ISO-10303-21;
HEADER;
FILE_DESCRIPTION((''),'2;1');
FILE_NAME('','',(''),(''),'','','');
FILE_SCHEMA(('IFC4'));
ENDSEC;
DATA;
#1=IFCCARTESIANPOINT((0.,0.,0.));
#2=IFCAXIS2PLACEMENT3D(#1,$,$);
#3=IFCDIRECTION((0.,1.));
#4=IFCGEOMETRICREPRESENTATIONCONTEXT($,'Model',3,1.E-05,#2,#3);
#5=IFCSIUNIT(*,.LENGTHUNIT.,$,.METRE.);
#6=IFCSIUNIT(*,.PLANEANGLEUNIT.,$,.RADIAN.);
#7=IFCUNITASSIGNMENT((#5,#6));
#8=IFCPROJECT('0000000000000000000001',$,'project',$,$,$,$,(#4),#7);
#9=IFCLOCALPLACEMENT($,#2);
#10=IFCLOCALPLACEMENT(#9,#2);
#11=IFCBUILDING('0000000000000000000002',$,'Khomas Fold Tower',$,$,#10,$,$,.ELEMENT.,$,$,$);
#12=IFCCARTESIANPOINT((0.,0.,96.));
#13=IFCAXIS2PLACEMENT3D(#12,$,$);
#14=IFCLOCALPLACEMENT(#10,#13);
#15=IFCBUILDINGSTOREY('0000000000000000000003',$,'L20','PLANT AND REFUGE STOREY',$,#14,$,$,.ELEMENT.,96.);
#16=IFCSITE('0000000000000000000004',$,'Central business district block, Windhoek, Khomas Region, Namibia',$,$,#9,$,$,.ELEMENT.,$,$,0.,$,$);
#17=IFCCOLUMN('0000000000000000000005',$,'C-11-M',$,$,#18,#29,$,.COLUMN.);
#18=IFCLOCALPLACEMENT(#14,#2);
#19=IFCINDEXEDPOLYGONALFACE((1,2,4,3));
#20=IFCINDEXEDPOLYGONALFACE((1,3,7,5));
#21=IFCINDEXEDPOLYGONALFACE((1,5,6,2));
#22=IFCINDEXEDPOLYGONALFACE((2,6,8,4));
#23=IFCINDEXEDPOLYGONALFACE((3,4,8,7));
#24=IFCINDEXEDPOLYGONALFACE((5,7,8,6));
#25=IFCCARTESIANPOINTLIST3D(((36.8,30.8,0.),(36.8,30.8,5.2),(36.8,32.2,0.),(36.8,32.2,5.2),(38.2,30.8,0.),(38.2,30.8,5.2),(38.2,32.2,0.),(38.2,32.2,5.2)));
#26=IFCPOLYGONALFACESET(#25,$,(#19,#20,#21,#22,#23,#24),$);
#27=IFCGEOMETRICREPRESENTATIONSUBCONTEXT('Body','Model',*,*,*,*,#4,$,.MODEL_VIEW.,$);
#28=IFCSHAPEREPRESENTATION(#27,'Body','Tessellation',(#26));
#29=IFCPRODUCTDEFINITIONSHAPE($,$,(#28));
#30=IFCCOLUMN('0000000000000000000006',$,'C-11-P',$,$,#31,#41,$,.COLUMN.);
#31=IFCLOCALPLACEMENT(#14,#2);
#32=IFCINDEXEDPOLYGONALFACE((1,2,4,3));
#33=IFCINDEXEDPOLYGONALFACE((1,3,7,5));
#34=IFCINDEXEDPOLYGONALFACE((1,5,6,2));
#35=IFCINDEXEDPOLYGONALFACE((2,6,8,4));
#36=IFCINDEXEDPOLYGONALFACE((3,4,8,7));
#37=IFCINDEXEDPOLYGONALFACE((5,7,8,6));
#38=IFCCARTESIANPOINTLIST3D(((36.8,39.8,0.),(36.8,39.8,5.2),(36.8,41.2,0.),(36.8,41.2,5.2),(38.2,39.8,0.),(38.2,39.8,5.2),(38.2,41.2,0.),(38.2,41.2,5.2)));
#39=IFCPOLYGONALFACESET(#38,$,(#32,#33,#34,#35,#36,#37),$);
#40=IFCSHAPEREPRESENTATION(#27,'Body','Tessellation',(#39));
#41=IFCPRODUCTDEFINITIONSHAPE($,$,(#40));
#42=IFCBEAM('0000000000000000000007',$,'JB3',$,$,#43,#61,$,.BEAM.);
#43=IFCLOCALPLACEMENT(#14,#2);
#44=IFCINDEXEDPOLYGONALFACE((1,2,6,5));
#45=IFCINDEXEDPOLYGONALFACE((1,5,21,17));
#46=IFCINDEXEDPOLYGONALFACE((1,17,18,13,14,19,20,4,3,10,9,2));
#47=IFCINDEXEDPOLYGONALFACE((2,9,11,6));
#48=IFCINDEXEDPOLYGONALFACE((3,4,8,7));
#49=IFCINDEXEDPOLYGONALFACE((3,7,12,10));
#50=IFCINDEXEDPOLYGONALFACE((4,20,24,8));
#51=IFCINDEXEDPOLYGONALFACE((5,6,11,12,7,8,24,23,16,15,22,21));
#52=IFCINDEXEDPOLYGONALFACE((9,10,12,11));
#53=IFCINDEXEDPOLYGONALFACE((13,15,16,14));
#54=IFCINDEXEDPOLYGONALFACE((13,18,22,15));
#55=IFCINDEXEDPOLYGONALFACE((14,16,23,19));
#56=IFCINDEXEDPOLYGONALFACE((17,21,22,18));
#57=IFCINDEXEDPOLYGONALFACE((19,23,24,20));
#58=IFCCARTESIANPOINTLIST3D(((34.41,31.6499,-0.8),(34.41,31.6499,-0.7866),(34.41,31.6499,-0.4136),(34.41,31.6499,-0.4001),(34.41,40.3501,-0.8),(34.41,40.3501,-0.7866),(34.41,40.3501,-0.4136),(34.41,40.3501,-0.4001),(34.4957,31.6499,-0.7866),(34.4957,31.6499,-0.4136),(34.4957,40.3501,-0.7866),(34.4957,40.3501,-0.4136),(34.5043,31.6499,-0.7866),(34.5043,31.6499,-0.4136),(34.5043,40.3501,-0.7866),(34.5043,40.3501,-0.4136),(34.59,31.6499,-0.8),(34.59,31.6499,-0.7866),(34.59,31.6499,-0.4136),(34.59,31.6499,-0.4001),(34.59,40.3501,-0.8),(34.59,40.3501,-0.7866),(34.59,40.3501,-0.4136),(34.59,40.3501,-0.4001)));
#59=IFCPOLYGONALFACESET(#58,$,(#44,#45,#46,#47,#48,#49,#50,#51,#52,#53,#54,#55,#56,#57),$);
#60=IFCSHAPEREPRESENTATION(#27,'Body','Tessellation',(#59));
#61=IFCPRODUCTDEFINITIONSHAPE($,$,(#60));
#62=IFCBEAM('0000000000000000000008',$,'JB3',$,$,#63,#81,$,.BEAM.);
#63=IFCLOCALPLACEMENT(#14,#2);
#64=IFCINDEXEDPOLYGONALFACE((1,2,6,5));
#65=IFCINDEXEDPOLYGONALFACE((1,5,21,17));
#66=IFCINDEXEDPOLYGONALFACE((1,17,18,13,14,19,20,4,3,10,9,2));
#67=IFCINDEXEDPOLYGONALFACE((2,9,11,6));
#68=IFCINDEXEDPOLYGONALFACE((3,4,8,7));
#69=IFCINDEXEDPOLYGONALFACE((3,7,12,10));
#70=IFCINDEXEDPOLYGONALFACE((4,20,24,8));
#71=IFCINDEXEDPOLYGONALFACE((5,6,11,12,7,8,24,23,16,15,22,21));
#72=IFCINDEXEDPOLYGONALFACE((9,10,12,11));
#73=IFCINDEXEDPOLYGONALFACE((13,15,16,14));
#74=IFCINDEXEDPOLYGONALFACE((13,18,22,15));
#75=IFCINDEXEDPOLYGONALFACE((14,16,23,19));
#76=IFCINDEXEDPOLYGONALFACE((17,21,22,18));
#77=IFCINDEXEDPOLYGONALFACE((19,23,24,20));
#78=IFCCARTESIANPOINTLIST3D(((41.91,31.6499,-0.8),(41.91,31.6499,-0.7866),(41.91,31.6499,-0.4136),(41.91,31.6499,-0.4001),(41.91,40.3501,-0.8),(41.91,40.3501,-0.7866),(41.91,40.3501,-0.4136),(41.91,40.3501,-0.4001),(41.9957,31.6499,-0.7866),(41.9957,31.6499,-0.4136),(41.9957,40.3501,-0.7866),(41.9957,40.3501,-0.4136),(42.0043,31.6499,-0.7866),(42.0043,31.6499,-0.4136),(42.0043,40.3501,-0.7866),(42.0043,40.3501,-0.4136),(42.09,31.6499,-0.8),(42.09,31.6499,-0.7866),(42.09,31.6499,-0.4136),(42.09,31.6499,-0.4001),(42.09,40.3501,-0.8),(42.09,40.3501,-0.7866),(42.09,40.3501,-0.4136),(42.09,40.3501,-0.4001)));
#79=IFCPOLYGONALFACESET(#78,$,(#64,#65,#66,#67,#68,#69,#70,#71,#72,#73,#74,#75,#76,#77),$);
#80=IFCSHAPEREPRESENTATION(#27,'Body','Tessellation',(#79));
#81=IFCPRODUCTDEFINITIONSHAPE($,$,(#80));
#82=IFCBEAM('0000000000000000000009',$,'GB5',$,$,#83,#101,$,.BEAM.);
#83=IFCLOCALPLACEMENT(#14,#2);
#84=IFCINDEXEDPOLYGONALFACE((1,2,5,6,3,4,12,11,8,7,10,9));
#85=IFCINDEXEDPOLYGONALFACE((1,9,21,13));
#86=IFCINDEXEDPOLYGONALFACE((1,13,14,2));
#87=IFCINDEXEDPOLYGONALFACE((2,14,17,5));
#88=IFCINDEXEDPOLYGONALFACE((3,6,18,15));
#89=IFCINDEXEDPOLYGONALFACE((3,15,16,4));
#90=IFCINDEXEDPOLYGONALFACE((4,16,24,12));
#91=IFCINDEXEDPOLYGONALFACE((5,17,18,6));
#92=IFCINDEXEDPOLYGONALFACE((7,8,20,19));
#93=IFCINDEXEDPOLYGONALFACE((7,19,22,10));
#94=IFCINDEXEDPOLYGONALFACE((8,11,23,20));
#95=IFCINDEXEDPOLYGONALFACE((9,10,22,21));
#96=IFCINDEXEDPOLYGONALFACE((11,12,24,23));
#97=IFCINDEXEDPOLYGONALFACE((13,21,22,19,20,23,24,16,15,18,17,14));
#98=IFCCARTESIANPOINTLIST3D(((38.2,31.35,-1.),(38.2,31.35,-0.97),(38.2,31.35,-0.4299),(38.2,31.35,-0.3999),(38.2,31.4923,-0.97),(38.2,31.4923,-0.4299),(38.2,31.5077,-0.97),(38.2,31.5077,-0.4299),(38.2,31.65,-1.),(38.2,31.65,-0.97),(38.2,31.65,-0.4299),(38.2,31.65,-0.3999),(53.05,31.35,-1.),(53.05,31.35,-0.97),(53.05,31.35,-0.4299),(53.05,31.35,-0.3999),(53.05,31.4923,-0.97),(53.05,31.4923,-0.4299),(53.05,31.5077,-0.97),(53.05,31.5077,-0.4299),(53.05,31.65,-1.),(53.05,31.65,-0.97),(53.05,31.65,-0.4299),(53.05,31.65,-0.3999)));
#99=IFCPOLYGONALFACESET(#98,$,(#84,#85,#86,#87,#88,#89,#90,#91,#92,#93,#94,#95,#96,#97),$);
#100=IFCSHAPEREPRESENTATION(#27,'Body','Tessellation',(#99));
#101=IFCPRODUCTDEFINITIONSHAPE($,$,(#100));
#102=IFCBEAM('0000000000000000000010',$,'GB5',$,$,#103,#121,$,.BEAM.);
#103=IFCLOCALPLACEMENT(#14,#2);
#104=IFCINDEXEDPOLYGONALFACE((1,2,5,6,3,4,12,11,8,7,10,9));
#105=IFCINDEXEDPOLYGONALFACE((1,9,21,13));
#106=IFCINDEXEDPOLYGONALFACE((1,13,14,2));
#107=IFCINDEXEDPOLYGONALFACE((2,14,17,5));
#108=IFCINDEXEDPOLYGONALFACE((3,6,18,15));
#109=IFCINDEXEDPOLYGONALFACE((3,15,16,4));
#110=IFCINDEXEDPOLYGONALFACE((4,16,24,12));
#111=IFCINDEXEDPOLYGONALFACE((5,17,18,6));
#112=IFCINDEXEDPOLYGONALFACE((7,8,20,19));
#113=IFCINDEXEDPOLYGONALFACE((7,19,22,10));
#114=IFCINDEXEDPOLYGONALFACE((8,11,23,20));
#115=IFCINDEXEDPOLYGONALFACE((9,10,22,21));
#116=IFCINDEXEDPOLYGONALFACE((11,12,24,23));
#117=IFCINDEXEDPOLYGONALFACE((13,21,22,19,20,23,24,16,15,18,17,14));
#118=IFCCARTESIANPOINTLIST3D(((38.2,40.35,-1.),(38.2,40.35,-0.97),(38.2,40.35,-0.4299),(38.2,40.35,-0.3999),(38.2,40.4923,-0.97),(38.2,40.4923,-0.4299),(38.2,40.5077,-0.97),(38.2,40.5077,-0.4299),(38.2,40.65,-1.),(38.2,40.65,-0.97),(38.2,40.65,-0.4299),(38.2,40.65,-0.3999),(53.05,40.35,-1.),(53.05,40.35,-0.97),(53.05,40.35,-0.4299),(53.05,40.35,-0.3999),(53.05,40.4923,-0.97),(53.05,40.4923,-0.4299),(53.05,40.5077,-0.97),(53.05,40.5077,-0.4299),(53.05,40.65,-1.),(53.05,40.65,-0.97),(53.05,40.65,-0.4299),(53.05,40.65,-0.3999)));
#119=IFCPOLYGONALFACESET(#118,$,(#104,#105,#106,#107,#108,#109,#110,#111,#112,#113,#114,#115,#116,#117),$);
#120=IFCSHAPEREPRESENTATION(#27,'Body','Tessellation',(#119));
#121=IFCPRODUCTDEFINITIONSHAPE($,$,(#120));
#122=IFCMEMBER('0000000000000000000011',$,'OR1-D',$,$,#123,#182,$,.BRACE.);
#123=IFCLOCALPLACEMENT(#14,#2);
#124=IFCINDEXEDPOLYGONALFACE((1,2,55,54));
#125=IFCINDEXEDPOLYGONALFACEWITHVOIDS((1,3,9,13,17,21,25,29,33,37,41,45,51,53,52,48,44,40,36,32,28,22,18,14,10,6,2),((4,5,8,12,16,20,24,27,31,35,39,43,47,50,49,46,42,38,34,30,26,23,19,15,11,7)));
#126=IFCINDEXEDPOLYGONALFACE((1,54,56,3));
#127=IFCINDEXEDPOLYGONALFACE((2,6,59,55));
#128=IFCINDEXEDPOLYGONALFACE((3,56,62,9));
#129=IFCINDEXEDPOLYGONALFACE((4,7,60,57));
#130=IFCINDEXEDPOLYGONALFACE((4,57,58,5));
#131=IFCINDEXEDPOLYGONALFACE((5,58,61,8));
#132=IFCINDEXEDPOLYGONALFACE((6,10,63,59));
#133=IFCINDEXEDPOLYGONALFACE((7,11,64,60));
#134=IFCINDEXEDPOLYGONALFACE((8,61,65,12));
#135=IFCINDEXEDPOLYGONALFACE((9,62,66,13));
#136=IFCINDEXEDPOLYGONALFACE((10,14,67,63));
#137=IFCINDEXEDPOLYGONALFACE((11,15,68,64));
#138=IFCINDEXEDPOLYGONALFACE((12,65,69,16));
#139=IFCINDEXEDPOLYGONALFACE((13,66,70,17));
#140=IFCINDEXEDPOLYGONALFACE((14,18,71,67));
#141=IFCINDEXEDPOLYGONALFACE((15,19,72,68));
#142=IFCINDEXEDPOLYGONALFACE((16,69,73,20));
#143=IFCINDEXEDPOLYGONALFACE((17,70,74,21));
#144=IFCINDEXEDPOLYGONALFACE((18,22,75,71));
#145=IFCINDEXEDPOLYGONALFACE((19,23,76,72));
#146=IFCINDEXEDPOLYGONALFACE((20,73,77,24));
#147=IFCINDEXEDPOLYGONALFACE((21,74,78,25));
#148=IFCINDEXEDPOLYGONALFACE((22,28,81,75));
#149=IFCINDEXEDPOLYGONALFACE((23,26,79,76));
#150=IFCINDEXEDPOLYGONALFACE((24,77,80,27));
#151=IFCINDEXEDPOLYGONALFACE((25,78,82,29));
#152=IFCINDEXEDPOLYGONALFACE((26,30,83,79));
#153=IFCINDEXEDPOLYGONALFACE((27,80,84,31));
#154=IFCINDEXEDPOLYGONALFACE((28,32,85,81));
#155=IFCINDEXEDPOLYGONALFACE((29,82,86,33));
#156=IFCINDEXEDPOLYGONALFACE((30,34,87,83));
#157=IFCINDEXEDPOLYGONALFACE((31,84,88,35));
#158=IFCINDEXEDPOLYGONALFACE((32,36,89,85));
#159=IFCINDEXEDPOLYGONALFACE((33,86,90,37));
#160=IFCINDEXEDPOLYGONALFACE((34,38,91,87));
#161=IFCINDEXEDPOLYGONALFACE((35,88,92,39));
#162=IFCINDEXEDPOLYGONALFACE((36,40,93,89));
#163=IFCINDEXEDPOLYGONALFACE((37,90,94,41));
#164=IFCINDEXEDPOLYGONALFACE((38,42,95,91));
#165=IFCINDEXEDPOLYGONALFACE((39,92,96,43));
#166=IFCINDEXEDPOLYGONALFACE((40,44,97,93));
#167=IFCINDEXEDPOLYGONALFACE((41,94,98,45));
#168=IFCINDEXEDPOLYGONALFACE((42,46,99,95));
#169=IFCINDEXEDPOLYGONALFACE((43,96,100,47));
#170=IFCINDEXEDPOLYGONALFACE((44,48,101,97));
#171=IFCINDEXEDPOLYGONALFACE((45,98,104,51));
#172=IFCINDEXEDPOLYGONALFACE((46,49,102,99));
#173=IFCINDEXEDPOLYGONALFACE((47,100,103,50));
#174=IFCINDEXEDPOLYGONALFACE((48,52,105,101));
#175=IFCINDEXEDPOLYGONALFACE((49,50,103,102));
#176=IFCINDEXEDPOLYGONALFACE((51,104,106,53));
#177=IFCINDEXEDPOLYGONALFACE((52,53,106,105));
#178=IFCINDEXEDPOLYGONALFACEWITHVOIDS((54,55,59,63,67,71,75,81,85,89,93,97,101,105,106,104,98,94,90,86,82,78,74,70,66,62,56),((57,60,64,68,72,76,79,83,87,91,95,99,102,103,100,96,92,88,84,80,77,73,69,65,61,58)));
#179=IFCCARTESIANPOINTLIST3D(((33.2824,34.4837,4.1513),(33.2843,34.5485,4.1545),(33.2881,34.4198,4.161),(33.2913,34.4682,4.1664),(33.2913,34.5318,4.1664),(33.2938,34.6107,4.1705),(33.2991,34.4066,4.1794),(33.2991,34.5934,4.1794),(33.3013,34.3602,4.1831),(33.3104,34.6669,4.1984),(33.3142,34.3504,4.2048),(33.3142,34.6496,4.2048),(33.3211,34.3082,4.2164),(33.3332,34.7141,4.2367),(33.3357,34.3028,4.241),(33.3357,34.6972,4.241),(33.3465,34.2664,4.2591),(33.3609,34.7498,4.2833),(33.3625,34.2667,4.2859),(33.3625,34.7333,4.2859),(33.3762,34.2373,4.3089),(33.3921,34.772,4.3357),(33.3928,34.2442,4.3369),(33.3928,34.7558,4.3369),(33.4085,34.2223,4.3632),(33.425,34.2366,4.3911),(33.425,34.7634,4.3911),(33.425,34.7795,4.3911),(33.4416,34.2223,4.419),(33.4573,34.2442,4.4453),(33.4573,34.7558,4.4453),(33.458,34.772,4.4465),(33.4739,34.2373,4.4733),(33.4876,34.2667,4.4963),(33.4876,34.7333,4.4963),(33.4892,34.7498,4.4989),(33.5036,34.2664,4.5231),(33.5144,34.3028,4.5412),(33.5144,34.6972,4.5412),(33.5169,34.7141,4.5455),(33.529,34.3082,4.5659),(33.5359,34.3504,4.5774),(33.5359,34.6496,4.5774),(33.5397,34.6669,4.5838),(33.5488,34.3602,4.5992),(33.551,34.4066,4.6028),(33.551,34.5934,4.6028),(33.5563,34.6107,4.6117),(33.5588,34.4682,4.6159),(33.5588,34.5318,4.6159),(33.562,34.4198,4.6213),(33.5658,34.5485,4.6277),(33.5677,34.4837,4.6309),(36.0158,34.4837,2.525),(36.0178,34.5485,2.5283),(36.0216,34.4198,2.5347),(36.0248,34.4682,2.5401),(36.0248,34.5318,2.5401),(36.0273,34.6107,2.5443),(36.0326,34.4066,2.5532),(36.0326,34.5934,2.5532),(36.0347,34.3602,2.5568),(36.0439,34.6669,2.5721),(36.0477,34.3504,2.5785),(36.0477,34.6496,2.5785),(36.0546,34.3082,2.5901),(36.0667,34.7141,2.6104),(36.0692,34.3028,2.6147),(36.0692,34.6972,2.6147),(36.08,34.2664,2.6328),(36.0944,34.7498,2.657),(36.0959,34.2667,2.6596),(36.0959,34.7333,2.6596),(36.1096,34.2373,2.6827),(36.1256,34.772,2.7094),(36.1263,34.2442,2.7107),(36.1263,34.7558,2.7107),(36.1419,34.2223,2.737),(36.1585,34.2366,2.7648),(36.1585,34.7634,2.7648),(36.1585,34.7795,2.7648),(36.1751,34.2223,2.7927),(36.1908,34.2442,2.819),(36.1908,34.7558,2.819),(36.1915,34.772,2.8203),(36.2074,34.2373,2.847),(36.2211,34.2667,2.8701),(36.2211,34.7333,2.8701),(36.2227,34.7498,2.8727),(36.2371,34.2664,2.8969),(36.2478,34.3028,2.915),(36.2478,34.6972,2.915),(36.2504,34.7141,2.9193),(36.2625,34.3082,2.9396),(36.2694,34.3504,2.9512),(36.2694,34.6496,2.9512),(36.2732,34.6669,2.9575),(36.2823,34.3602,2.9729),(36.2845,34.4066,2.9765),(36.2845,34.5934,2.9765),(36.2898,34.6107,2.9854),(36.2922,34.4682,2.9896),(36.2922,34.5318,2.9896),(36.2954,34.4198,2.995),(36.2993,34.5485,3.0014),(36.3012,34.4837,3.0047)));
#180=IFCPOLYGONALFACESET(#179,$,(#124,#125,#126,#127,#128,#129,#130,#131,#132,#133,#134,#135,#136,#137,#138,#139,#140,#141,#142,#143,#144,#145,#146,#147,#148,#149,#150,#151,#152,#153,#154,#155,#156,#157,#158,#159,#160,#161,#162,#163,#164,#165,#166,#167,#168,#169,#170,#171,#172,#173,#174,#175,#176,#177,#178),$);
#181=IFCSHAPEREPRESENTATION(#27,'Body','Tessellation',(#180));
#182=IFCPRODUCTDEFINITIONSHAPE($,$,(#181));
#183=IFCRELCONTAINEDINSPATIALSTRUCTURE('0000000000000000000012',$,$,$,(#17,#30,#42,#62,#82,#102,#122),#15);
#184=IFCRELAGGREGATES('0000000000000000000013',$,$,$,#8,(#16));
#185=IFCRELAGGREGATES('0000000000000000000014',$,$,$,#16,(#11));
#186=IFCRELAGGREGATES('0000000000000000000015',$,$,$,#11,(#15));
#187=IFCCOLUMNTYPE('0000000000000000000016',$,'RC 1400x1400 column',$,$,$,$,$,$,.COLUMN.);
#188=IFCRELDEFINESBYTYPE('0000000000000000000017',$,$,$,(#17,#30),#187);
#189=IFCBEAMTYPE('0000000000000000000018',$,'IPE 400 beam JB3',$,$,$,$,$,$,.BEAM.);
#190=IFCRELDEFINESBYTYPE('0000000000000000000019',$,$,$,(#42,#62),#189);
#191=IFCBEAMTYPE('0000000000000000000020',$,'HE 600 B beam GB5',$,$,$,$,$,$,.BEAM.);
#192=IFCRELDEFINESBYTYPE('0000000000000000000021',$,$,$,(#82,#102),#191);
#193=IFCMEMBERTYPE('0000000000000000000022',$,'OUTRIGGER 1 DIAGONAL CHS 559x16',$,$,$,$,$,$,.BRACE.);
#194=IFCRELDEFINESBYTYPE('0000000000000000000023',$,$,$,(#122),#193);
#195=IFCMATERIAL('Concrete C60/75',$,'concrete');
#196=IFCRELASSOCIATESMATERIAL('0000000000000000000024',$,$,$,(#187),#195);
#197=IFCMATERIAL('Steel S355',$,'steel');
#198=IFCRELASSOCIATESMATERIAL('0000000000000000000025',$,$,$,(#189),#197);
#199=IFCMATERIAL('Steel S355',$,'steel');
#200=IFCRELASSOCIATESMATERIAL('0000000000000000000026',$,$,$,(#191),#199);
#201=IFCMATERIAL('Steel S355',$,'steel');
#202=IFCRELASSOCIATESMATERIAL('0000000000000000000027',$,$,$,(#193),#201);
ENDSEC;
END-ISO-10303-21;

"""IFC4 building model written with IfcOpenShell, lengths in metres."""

from ifc_helpers import new_model, si_unit, direction, frame, origin, origin_2d, place, context, subcontext, project, spatial, rectangle, hollow_circle, i_section, extrude, source, transform, mapped, material, material_profile, profile_set, type_object, element, save


model = new_model("IFC4")

# Units and contexts
model_context = context("Model", 3, precision=1e-05, world=origin(), true_north=direction((0.0, 1.0)))
body_context = subcontext(model_context, "Body", "Model", "MODEL_VIEW")
ifc_project = project(units=[si_unit("LENGTHUNIT", "METRE"), si_unit("PLANEANGLEUNIT", "RADIAN")], contexts=[model_context])

# Site, building, storey
site_placement = place(None, origin())
site = spatial("IfcSite", under=ifc_project, at=site_placement, Name="Central business district block, Windhoek, Khomas Region, Namibia", CompositionType="ELEMENT", RefElevation=0.0)
building_placement = place(site_placement, origin())
building = spatial("IfcBuilding", under=site, at=building_placement, Name="Khomas Fold Tower", CompositionType="ELEMENT")
storey_placement = place(building_placement, frame((0.0, 0.0, 96.0)))
storey = spatial("IfcBuildingStorey", under=building, at=storey_placement, Name="L20", Description="PLANT AND REFUGE STOREY", CompositionType="ELEMENT", Elevation=96.0)

# Columns
ifc_material_1 = material(Name="Concrete C60/75", Category="concrete")
ifc_material_profile_1 = material_profile(ifc_material_1, rectangle(XDim=1.3999, YDim=1.3999, at=origin_2d()), Name="RC 1400x1400")
ifc_profile_set_1 = profile_set([ifc_material_profile_1], Name="Concrete C60/75")
column_type = type_object("IfcColumnType", Name="RC 1400x1400 column", PredefinedType="COLUMN", material=ifc_profile_set_1)
shared_shape_1 = source(origin(), body_context, "Body", "SweptSolid", [
    extrude(rectangle(XDim=1.3999, YDim=1.3999, at=origin_2d()), origin(), (0.0, 0.0, 1.0), 5.2),
])
for number, where, z_axis, x_axis, name in (
    (1, (37.5, 31.5, 0.0), (0.0, 0.0, 1.0), (1.0, 0.0, 0.0), "C-11-M"),
    (2, (37.5, 40.5, 0.0), (0.0, 0.0, 1.0), (1.0, 0.0, 0.0), "C-11-P"),
):
    element("IfcColumn", number, at=place(storey_placement, frame(where, z_axis=z_axis, x_axis=x_axis)), inside=storey, type_object=column_type, Name=name, PredefinedType="COLUMN", context=body_context, shape_type="MappedRepresentation", body=[
        mapped(shared_shape_1, transform((0.0, 0.0, 0.0))),
    ])

# Beams
ifc_material_2 = material(Name="Steel S355", Category="steel")
ifc_material_profile_2 = material_profile(ifc_material_2, i_section(OverallWidth=0.1799, OverallDepth=0.3999, WebThickness=0.0085, FlangeThickness=0.0134, at=origin_2d()), Name="IPE 400")
ifc_profile_set_2 = profile_set([ifc_material_profile_2], Name="Steel S355")
beam_type_1 = type_object("IfcBeamType", Name="IPE 400 beam JB3", PredefinedType="BEAM", material=ifc_profile_set_2)
shared_shape_2 = source(origin(), body_context, "Body", "SweptSolid", [
    extrude(i_section(OverallWidth=0.1799, OverallDepth=0.3999, WebThickness=0.0085, FlangeThickness=0.0134, at=origin_2d()), origin(), (0.0, 0.0, 1.0), 8.7002),
])
for number, where, z_axis, x_axis, name in (
    (3, (34.5, 31.6499, -0.6001), (0.0, 1.0, 0.0), (-1.0, 0.0, 0.0), "JB3"),
    (4, (42.0, 31.6499, -0.6001), (0.0, 1.0, 0.0), (-1.0, 0.0, 0.0), "JB3"),
):
    element("IfcBeam", number, at=place(storey_placement, frame(where, z_axis=z_axis, x_axis=x_axis)), inside=storey, type_object=beam_type_1, Name=name, PredefinedType="BEAM", context=body_context, shape_type="MappedRepresentation", body=[
        mapped(shared_shape_2, transform((0.0, 0.0, 0.0))),
    ])
ifc_material_3 = material(Name="Steel S355", Category="steel")
ifc_material_profile_3 = material_profile(ifc_material_3, i_section(OverallWidth=0.3, OverallDepth=0.6001, WebThickness=0.0154, FlangeThickness=0.03, at=origin_2d()), Name="HE 600 B")
ifc_profile_set_3 = profile_set([ifc_material_profile_3], Name="Steel S355")
beam_type_2 = type_object("IfcBeamType", Name="HE 600 B beam GB5", PredefinedType="BEAM", material=ifc_profile_set_3)
shared_shape_3 = source(origin(), body_context, "Body", "SweptSolid", [
    extrude(i_section(OverallWidth=0.3, OverallDepth=0.6001, WebThickness=0.0154, FlangeThickness=0.03, at=origin_2d()), origin(), (0.0, 0.0, 1.0), 14.8501),
])
for number, where, z_axis, x_axis, name in (
    (5, (38.2, 31.5, -0.7), (1.0, 0.0, 0.0), (0.0, 1.0, 0.0), "GB5"),
    (6, (38.2, 40.5, -0.7), (1.0, 0.0, 0.0), (0.0, 1.0, 0.0), "GB5"),
):
    element("IfcBeam", number, at=place(storey_placement, frame(where, z_axis=z_axis, x_axis=x_axis)), inside=storey, type_object=beam_type_2, Name=name, PredefinedType="BEAM", context=body_context, shape_type="MappedRepresentation", body=[
        mapped(shared_shape_3, transform((0.0, 0.0, 0.0))),
    ])

# Member
ifc_material_4 = material(Name="Steel S355", Category="steel")
ifc_material_profile_4 = material_profile(ifc_material_4, hollow_circle(Radius=0.2795, WallThickness=0.0161, at=origin_2d()), Name="CHS 559x16")
ifc_profile_set_4 = profile_set([ifc_material_profile_4], Name="Steel S355")
member_type_1 = type_object("IfcMemberType", Name="OUTRIGGER 1 DIAGONAL CHS 559x16", PredefinedType="BRACE", material=ifc_profile_set_4)
shared_shape_4 = source(origin(), body_context, "Body", "SweptSolid", [
    extrude(hollow_circle(Radius=0.2795, WallThickness=0.0161, at=origin_2d()), origin(), (0.0, 0.0, 1.0), 3.1807),
])
for number, where, z_axis, x_axis, name in (
    (7, (33.425, 34.5, 4.3911), (0.859404, 0.0, -0.511298), (0.0, 1.0, 0.0), "OR1-D"),
):
    element("IfcMember", number, at=place(storey_placement, frame(where, z_axis=z_axis, x_axis=x_axis)), inside=storey, type_object=member_type_1, Name=name, PredefinedType="BRACE", context=body_context, shape_type="MappedRepresentation", body=[
        mapped(shared_shape_4, transform((0.0, 0.0, 0.0))),
    ])

save(model, "model.ifc")
